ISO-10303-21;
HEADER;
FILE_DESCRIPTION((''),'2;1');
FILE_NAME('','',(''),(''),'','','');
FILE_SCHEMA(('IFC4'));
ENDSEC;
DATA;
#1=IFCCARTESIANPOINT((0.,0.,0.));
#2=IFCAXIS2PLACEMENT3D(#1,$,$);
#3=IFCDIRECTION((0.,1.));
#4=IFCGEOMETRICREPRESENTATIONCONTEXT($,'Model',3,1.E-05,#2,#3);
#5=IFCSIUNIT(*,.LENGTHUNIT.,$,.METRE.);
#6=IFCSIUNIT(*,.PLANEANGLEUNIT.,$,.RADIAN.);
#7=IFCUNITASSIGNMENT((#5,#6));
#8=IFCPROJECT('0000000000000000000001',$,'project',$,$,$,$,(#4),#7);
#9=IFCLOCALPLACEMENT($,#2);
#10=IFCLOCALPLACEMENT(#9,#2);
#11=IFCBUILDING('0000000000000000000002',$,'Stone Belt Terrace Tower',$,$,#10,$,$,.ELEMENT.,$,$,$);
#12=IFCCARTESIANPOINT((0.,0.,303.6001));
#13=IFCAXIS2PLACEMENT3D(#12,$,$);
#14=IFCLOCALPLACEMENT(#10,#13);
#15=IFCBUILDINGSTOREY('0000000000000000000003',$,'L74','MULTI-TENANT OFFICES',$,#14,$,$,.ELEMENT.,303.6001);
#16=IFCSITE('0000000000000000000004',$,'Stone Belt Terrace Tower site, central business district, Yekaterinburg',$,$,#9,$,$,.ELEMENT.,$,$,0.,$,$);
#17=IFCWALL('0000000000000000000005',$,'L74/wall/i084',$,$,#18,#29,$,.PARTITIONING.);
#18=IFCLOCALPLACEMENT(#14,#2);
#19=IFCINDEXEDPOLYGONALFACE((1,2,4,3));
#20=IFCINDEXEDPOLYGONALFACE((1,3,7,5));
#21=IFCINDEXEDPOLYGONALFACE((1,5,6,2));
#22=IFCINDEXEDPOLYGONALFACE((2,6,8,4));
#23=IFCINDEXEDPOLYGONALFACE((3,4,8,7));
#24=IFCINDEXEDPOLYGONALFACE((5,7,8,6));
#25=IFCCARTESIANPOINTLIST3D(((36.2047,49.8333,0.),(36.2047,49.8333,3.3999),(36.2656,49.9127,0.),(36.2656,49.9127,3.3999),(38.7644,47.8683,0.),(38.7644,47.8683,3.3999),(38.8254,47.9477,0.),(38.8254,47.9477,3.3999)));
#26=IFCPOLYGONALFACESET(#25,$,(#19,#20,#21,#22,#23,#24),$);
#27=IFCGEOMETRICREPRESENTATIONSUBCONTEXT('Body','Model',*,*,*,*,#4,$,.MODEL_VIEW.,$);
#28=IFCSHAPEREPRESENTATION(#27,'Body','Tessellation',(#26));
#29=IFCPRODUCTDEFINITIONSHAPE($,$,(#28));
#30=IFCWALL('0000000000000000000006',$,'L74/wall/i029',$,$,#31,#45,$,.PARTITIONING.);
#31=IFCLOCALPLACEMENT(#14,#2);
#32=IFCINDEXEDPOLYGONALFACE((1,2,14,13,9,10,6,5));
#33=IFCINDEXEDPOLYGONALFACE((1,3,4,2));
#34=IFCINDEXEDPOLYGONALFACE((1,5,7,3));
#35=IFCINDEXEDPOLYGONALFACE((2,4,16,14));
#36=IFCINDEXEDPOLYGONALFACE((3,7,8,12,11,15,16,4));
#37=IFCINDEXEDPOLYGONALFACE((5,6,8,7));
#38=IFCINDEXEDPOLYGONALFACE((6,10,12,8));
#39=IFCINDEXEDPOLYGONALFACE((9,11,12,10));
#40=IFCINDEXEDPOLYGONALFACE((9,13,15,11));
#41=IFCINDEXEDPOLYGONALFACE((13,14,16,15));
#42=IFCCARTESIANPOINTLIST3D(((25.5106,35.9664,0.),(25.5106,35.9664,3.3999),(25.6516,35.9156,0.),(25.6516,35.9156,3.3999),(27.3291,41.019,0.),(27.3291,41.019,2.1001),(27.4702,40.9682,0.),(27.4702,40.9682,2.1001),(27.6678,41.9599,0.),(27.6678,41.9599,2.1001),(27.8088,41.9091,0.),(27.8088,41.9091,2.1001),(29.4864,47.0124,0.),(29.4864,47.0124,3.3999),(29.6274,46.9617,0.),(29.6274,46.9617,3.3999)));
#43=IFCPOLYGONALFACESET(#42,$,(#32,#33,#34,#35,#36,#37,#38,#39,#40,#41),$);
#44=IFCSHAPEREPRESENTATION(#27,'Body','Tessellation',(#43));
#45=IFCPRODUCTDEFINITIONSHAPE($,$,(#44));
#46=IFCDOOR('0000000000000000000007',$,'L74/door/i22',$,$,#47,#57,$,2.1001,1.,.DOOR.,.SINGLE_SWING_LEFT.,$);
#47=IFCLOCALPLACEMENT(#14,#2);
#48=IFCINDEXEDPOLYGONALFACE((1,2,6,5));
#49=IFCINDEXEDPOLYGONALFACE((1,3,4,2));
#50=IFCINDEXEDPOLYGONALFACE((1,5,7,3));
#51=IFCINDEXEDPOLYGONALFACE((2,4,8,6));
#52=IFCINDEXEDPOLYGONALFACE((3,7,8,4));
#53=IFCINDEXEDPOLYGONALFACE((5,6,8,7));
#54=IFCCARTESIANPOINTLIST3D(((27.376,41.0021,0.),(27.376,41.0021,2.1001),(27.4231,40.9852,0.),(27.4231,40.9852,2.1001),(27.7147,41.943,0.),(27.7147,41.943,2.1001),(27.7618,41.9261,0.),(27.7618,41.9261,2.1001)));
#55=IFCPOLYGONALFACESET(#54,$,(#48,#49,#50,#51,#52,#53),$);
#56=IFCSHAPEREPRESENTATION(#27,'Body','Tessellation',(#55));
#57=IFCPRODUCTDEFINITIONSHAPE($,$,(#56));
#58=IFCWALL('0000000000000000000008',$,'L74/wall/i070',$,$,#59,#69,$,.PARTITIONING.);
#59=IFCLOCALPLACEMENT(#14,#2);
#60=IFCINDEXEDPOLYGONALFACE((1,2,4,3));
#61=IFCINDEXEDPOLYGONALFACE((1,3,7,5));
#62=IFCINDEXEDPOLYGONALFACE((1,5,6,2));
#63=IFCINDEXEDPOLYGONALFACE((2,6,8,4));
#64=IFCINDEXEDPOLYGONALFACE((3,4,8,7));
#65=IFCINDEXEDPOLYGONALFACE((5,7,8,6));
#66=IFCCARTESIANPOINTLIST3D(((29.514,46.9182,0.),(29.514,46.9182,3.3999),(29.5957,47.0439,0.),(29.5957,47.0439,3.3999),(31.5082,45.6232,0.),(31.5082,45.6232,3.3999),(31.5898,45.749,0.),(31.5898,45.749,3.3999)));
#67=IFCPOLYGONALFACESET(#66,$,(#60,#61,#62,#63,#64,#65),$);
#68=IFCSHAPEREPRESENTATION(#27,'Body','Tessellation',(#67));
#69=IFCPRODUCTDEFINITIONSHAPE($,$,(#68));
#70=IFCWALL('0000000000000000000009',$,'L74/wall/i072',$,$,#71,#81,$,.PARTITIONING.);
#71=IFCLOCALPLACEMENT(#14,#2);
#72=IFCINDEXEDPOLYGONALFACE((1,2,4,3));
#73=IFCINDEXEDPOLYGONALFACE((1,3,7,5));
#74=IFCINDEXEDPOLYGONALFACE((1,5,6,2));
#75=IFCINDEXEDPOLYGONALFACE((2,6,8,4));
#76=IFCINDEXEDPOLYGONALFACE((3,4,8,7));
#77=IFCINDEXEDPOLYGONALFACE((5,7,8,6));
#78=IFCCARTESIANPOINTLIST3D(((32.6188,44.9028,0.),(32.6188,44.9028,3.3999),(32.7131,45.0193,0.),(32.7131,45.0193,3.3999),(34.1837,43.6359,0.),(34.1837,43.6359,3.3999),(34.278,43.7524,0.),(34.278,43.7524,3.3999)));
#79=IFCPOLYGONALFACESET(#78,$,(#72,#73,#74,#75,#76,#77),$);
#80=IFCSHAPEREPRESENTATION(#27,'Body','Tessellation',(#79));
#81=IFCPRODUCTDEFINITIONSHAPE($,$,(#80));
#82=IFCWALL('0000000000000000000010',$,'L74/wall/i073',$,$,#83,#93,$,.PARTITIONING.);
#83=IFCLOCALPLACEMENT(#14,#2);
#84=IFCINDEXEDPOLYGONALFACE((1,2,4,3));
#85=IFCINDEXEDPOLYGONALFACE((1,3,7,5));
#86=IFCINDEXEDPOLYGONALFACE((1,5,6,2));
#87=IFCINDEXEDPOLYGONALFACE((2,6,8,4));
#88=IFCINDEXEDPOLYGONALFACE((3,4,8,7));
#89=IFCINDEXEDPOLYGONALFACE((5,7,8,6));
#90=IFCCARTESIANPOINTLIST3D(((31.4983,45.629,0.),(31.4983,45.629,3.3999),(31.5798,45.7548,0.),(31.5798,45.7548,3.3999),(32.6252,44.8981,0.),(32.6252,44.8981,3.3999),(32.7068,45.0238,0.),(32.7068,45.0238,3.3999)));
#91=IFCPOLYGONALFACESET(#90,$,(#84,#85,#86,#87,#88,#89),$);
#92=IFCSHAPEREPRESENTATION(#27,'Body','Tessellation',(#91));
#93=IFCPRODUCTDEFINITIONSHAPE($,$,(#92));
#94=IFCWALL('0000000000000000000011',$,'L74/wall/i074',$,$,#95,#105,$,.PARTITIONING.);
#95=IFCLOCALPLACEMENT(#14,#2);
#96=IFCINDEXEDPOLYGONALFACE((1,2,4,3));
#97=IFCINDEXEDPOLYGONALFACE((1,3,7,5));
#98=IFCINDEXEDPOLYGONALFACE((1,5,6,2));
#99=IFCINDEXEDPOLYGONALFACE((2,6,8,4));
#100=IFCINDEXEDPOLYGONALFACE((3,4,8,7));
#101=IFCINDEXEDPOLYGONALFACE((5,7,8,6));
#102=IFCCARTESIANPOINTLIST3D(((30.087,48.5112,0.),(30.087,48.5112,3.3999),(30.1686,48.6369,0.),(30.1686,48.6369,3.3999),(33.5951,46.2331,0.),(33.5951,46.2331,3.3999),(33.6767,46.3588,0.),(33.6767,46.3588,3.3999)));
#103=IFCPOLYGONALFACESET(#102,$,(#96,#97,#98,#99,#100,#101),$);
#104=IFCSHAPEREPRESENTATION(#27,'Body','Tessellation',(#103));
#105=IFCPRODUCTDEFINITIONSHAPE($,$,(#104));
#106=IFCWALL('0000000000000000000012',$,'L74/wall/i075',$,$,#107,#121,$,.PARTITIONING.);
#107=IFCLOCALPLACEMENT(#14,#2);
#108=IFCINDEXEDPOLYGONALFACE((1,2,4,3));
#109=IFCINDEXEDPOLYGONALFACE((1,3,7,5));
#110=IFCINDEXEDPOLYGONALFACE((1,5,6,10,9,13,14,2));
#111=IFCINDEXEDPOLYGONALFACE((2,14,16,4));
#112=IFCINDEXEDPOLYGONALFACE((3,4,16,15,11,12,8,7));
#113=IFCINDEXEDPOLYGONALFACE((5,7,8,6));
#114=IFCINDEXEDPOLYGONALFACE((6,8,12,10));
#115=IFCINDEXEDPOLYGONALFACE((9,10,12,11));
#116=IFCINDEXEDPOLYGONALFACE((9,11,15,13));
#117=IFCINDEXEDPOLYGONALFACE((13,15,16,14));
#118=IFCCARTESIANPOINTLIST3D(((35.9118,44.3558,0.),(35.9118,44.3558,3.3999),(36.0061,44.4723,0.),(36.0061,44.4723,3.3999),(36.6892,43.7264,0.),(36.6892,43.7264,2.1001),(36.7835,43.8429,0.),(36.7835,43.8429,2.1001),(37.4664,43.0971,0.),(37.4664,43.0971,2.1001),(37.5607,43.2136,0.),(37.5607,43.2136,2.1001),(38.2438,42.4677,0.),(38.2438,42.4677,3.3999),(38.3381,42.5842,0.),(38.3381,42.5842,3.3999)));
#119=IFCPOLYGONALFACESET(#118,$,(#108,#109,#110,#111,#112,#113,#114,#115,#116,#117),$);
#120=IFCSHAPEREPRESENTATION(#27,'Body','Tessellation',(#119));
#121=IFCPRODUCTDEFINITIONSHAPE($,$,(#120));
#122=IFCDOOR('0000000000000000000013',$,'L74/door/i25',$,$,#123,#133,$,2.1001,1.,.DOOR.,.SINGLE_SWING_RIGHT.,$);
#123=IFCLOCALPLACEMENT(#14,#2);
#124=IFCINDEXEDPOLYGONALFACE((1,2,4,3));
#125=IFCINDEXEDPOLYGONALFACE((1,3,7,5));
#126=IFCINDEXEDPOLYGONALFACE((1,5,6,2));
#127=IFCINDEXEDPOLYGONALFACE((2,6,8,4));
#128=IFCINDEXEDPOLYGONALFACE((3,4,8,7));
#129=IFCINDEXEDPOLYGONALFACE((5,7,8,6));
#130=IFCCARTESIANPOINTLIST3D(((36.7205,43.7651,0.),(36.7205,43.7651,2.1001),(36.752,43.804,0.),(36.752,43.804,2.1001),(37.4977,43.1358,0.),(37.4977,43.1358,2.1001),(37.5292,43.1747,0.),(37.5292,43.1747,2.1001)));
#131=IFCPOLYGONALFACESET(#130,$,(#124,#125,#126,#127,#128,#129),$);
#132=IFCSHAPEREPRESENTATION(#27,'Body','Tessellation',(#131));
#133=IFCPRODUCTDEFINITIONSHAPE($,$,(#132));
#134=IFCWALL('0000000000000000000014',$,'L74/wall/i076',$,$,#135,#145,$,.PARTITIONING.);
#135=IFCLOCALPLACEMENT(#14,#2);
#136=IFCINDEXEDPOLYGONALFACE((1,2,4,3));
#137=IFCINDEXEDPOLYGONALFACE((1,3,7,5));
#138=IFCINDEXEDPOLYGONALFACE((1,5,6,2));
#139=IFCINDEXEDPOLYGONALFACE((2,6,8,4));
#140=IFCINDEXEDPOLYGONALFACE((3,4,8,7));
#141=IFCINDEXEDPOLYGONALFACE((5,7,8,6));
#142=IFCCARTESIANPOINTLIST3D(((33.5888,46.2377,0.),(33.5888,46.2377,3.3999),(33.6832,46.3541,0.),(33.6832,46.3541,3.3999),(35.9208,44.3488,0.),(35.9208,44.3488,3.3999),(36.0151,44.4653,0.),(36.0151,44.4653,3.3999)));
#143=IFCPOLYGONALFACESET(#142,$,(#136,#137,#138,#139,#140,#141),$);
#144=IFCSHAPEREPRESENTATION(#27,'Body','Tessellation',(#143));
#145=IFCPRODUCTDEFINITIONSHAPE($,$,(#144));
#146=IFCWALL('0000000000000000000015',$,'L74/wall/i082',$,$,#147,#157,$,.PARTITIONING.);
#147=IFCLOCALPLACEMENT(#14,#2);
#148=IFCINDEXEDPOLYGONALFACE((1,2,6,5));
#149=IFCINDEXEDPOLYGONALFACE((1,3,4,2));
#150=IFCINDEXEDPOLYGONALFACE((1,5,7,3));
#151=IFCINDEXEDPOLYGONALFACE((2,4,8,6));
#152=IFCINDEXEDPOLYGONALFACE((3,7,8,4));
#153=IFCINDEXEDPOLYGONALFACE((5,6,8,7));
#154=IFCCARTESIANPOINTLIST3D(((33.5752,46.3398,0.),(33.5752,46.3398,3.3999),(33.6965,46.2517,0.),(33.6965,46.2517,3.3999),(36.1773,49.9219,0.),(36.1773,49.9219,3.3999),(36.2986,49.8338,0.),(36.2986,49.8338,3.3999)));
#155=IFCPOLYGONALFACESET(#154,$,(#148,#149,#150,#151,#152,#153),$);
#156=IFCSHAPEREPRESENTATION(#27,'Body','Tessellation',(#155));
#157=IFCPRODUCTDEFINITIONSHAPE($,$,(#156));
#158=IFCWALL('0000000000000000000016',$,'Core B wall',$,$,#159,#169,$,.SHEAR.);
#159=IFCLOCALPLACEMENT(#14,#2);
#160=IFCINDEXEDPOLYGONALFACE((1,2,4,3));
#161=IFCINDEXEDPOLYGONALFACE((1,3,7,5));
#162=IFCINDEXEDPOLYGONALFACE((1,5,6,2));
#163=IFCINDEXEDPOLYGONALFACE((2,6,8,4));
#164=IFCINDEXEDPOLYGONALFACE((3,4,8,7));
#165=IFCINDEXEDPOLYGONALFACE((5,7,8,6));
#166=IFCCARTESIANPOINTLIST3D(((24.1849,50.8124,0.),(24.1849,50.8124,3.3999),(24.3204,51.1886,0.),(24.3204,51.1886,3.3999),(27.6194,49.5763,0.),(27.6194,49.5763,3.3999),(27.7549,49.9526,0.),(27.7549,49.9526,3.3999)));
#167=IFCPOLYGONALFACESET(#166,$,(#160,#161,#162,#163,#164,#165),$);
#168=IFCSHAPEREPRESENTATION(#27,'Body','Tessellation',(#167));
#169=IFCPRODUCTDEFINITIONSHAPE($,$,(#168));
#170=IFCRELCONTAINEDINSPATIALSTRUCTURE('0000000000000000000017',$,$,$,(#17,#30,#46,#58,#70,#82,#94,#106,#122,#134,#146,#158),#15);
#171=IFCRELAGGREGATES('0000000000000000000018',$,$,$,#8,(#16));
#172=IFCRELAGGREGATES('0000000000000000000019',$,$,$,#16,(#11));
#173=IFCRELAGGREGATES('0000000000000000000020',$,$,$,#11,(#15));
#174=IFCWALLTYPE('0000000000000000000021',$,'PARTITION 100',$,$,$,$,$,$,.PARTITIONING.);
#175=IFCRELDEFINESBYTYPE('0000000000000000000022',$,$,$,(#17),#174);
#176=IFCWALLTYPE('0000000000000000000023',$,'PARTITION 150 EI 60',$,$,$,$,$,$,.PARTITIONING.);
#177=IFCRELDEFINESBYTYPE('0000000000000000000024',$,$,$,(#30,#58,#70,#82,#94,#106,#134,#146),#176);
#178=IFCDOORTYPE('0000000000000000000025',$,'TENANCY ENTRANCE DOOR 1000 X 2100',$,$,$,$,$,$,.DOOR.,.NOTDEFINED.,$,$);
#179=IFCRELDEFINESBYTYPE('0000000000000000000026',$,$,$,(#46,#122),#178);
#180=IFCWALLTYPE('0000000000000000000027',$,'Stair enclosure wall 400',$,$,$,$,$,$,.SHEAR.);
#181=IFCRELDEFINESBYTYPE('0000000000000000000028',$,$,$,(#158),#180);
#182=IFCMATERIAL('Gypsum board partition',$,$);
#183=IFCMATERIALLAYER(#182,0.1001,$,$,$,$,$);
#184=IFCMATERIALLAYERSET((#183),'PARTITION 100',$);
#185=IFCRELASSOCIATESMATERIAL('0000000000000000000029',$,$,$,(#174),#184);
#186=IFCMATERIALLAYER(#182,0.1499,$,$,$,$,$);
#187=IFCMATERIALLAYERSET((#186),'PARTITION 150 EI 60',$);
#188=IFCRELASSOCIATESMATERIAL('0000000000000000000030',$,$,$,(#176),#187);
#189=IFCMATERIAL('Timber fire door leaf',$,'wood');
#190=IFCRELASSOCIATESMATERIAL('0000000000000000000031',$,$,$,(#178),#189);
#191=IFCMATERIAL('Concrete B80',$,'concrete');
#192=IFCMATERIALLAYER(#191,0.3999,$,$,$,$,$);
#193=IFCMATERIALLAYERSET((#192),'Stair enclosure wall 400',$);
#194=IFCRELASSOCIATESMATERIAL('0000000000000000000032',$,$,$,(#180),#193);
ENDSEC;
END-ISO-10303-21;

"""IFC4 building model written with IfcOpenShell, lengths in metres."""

from ifc_helpers import new_model, si_unit, direction, frame, frame_2d, origin, place, context, subcontext, project, spatial, rectangle, extrude, material, layer, layer_set, type_object, element, fill, save


model = new_model("IFC4")

# Units and contexts
model_context = context("Model", 3, precision=1e-05, world=origin(), true_north=direction((0.0, 1.0)))
body_context = subcontext(model_context, "Body", "Model", "MODEL_VIEW")
ifc_project = project(units=[si_unit("LENGTHUNIT", "METRE"), si_unit("PLANEANGLEUNIT", "RADIAN")], contexts=[model_context])

# Site, building, storey
site_placement = place(None, origin())
site = spatial("IfcSite", under=ifc_project, at=site_placement, Name="Stone Belt Terrace Tower site, central business district, Yekaterinburg", CompositionType="ELEMENT", RefElevation=0.0)
building_placement = place(site_placement, origin())
building = spatial("IfcBuilding", under=site, at=building_placement, Name="Stone Belt Terrace Tower", CompositionType="ELEMENT")
storey_placement = place(building_placement, frame((0.0, 0.0, 303.6001)))
storey = spatial("IfcBuildingStorey", under=building, at=storey_placement, Name="L74", Description="MULTI-TENANT OFFICES", CompositionType="ELEMENT", Elevation=303.6001)

# Shared definitions
ifc_material_1 = material(Name="Gypsum board partition")
ifc_layer_1 = layer(ifc_material_1, 0.1001)
ifc_layer_set_1 = layer_set([ifc_layer_1], Name="PARTITION 100")
wall_type_1 = type_object("IfcWallType", Name="PARTITION 100", PredefinedType="PARTITIONING", material=ifc_layer_set_1)

# Wall
wall_1_placement = place(storey_placement, frame((38.7949, 47.908, 0.0), z_axis=(0.0, 0.0, 1.0), x_axis=(-0.793223, 0.608932, 0.0)))
element("IfcWall", 1, at=wall_1_placement, inside=storey, type_object=wall_type_1, Name="L74/wall/i084", PredefinedType="PARTITIONING", context=body_context, shape_type="SweptSolid", body=[
    extrude(rectangle(XDim=3.2271, YDim=0.1001, at=frame_2d((1.6135, 0.0))), origin(), (0.0, 0.0, 1.0), 3.3999),
])

# Wall, opening, door
ifc_layer_2 = layer(ifc_material_1, 0.1499)
ifc_layer_set_2 = layer_set([ifc_layer_2], Name="PARTITION 150 EI 60")
wall_type_2 = type_object("IfcWallType", Name="PARTITION 150 EI 60", PredefinedType="PARTITIONING", material=ifc_layer_set_2)
wall_2_placement = place(storey_placement, frame((29.5569, 46.9871, 0.0), z_axis=(0.0, 0.0, 1.0), x_axis=(-0.338661, -0.940909, 0.0)))
wall_2 = element("IfcWall", 2, at=wall_2_placement, inside=storey, type_object=wall_type_2, Name="L74/wall/i029", PredefinedType="PARTITIONING", context=body_context, shape_type="SweptSolid", body=[
    extrude(rectangle(XDim=11.7397, YDim=0.1499, at=frame_2d((5.8699, 0.0))), origin(), (0.0, 0.0, 1.0), 3.3999),
])
opening_1_placement = place(wall_2_placement, frame((5.3699, 0.0, 0.0)))
opening_1 = element("IfcOpeningElement", 3, at=opening_1_placement, cuts=wall_2, PredefinedType="OPENING", context=body_context, shape_type="SweptSolid", body=[
    extrude(rectangle(XDim=1.0, YDim=2.1001, at=frame_2d((0.5, 1.05))), frame((0.0, 0.085, 0.0), z_axis=(0.0, -1.0, 0.0), x_axis=(1.0, 0.0, 0.0)), (0.0, 0.0, 1.0), 0.1699),
])
ifc_material_2 = material(Name="Timber fire door leaf", Category="wood")
door_type_1 = type_object("IfcDoorType", Name="TENANCY ENTRANCE DOOR 1000 X 2100", OperationType="NOTDEFINED", PredefinedType="DOOR", material=ifc_material_2)
door_1_placement = place(opening_1_placement, origin())
door_1 = element("IfcDoor", 4, at=door_1_placement, inside=storey, type_object=door_type_1, Name="L74/door/i22", OperationType="SINGLE_SWING_LEFT", OverallHeight=2.1001, OverallWidth=1.0, PredefinedType="DOOR", context=body_context, shape_type="SweptSolid", body=[
    extrude(rectangle(XDim=1.0, YDim=2.1001, at=frame_2d((0.5, 1.05))), frame((0.0, 0.0249, 0.0), z_axis=(0.0, -1.0, 0.0), x_axis=(1.0, 0.0, 0.0)), (0.0, 0.0, 1.0), 0.05),
])
fill(opening_1, door_1)

# Walls
wall_3_placement = place(storey_placement, frame((31.5491, 45.686, 0.0), z_axis=(0.0, 0.0, 1.0), x_axis=(-0.838688, 0.544613, 0.0)))
element("IfcWall", 5, at=wall_3_placement, inside=storey, type_object=wall_type_2, Name="L74/wall/i070", PredefinedType="PARTITIONING", context=body_context, shape_type="SweptSolid", body=[
    extrude(rectangle(XDim=2.3777, YDim=0.1499, at=frame_2d((1.189, 0.0))), origin(), (0.0, 0.0, 1.0), 3.3999),
])
wall_4_placement = place(storey_placement, frame((34.231, 43.6941, 0.0), z_axis=(0.0, 0.0, 1.0), x_axis=(-0.777248, 0.629195, 0.0)))
element("IfcWall", 6, at=wall_4_placement, inside=storey, type_object=wall_type_2, Name="L74/wall/i072", PredefinedType="PARTITIONING", context=body_context, shape_type="SweptSolid", body=[
    extrude(rectangle(XDim=2.0134, YDim=0.1499, at=frame_2d((1.0068, 0.0))), origin(), (0.0, 0.0, 1.0), 3.3999),
])
wall_5_placement = place(storey_placement, frame((32.666, 44.9609, 0.0), z_axis=(0.0, 0.0, 1.0), x_axis=(-0.838975, 0.54417, 0.0)))
element("IfcWall", 7, at=wall_5_placement, inside=storey, type_object=wall_type_2, Name="L74/wall/i073", PredefinedType="PARTITIONING", context=body_context, shape_type="SweptSolid", body=[
    extrude(rectangle(XDim=1.3433, YDim=0.1499, at=frame_2d((0.6716, 0.0))), origin(), (0.0, 0.0, 1.0), 3.3999),
])
wall_6_placement = place(storey_placement, frame((30.1279, 48.574, 0.0), z_axis=(0.0, 0.0, 1.0), x_axis=(0.83868, -0.544625, 0.0)))
element("IfcWall", 8, at=wall_6_placement, inside=storey, type_object=wall_type_2, Name="L74/wall/i074", PredefinedType="PARTITIONING", context=body_context, shape_type="SweptSolid", body=[
    extrude(rectangle(XDim=4.1829, YDim=0.1499, at=frame_2d((2.0913, 0.0))), origin(), (0.0, 0.0, 1.0), 3.3999),
])

# Wall, opening, door
wall_7_placement = place(storey_placement, frame((35.959, 44.4141, 0.0), z_axis=(0.0, 0.0, 1.0), x_axis=(0.777188, -0.629268, 0.0)))
wall_7 = element("IfcWall", 9, at=wall_7_placement, inside=storey, type_object=wall_type_2, Name="L74/wall/i075", PredefinedType="PARTITIONING", context=body_context, shape_type="SweptSolid", body=[
    extrude(rectangle(XDim=3.0005, YDim=0.1499, at=frame_2d((1.5002, 0.0))), origin(), (0.0, 0.0, 1.0), 3.3999),
])
opening_2_placement = place(wall_7_placement, frame((1.0002, 0.0, 0.0)))
opening_2 = element("IfcOpeningElement", 10, at=opening_2_placement, cuts=wall_7, PredefinedType="OPENING", context=body_context, shape_type="SweptSolid", body=[
    extrude(rectangle(XDim=1.0, YDim=2.1001, at=frame_2d((0.5, 1.05))), frame((0.0, 0.085, 0.0), z_axis=(0.0, -1.0, 0.0), x_axis=(1.0, 0.0, 0.0)), (0.0, 0.0, 1.0), 0.1699),
])
door_2_placement = place(opening_2_placement, origin())
door_2 = element("IfcDoor", 11, at=door_2_placement, inside=storey, type_object=door_type_1, Name="L74/door/i25", OperationType="SINGLE_SWING_RIGHT", OverallHeight=2.1001, OverallWidth=1.0, PredefinedType="DOOR", context=body_context, shape_type="SweptSolid", body=[
    extrude(rectangle(XDim=1.0, YDim=2.1001, at=frame_2d((0.5, 1.05))), frame((0.0, 0.0249, 0.0), z_axis=(0.0, -1.0, 0.0), x_axis=(1.0, 0.0, 0.0)), (0.0, 0.0, 1.0), 0.05),
])
fill(opening_2, door_2)

# Walls
wall_8_placement = place(storey_placement, frame((33.636, 46.2959, 0.0), z_axis=(0.0, 0.0, 1.0), x_axis=(0.777069, -0.629416, 0.0)))
element("IfcWall", 12, at=wall_8_placement, inside=storey, type_object=wall_type_2, Name="L74/wall/i076", PredefinedType="PARTITIONING", context=body_context, shape_type="SweptSolid", body=[
    extrude(rectangle(XDim=3.001, YDim=0.1499, at=frame_2d((1.5005, 0.0))), origin(), (0.0, 0.0, 1.0), 3.3999),
])
wall_9_placement = place(storey_placement, frame((36.238, 49.8779, 0.0), z_axis=(0.0, 0.0, 1.0), x_axis=(-0.587719, -0.809065, 0.0)))
element("IfcWall", 13, at=wall_9_placement, inside=storey, type_object=wall_type_2, Name="L74/wall/i082", PredefinedType="PARTITIONING", context=body_context, shape_type="SweptSolid", body=[
    extrude(rectangle(XDim=4.4275, YDim=0.1499, at=frame_2d((2.2139, 0.0))), origin(), (0.0, 0.0, 1.0), 3.3999),
])
ifc_material_3 = material(Name="Concrete B80", Category="concrete")
ifc_layer_3 = layer(ifc_material_3, 0.3999)
ifc_layer_set_3 = layer_set([ifc_layer_3], Name="Stair enclosure wall 400")
wall_type_3 = type_object("IfcWallType", Name="Stair enclosure wall 400", PredefinedType="SHEAR", material=ifc_layer_set_3)
wall_10_placement = place(storey_placement, frame((27.6873, 49.7644, 0.0), z_axis=(0.0, 0.0, 1.0), x_axis=(-0.940919, 0.338632, 0.0)))
element("IfcWall", 14, at=wall_10_placement, inside=storey, type_object=wall_type_3, Name="Core B wall", PredefinedType="SHEAR", context=body_context, shape_type="SweptSolid", body=[
    extrude(rectangle(XDim=3.6501, YDim=0.3999, at=frame_2d((1.8252, 0.0))), origin(), (0.0, 0.0, 1.0), 3.3999),
])

save(model, "model.ifc")
